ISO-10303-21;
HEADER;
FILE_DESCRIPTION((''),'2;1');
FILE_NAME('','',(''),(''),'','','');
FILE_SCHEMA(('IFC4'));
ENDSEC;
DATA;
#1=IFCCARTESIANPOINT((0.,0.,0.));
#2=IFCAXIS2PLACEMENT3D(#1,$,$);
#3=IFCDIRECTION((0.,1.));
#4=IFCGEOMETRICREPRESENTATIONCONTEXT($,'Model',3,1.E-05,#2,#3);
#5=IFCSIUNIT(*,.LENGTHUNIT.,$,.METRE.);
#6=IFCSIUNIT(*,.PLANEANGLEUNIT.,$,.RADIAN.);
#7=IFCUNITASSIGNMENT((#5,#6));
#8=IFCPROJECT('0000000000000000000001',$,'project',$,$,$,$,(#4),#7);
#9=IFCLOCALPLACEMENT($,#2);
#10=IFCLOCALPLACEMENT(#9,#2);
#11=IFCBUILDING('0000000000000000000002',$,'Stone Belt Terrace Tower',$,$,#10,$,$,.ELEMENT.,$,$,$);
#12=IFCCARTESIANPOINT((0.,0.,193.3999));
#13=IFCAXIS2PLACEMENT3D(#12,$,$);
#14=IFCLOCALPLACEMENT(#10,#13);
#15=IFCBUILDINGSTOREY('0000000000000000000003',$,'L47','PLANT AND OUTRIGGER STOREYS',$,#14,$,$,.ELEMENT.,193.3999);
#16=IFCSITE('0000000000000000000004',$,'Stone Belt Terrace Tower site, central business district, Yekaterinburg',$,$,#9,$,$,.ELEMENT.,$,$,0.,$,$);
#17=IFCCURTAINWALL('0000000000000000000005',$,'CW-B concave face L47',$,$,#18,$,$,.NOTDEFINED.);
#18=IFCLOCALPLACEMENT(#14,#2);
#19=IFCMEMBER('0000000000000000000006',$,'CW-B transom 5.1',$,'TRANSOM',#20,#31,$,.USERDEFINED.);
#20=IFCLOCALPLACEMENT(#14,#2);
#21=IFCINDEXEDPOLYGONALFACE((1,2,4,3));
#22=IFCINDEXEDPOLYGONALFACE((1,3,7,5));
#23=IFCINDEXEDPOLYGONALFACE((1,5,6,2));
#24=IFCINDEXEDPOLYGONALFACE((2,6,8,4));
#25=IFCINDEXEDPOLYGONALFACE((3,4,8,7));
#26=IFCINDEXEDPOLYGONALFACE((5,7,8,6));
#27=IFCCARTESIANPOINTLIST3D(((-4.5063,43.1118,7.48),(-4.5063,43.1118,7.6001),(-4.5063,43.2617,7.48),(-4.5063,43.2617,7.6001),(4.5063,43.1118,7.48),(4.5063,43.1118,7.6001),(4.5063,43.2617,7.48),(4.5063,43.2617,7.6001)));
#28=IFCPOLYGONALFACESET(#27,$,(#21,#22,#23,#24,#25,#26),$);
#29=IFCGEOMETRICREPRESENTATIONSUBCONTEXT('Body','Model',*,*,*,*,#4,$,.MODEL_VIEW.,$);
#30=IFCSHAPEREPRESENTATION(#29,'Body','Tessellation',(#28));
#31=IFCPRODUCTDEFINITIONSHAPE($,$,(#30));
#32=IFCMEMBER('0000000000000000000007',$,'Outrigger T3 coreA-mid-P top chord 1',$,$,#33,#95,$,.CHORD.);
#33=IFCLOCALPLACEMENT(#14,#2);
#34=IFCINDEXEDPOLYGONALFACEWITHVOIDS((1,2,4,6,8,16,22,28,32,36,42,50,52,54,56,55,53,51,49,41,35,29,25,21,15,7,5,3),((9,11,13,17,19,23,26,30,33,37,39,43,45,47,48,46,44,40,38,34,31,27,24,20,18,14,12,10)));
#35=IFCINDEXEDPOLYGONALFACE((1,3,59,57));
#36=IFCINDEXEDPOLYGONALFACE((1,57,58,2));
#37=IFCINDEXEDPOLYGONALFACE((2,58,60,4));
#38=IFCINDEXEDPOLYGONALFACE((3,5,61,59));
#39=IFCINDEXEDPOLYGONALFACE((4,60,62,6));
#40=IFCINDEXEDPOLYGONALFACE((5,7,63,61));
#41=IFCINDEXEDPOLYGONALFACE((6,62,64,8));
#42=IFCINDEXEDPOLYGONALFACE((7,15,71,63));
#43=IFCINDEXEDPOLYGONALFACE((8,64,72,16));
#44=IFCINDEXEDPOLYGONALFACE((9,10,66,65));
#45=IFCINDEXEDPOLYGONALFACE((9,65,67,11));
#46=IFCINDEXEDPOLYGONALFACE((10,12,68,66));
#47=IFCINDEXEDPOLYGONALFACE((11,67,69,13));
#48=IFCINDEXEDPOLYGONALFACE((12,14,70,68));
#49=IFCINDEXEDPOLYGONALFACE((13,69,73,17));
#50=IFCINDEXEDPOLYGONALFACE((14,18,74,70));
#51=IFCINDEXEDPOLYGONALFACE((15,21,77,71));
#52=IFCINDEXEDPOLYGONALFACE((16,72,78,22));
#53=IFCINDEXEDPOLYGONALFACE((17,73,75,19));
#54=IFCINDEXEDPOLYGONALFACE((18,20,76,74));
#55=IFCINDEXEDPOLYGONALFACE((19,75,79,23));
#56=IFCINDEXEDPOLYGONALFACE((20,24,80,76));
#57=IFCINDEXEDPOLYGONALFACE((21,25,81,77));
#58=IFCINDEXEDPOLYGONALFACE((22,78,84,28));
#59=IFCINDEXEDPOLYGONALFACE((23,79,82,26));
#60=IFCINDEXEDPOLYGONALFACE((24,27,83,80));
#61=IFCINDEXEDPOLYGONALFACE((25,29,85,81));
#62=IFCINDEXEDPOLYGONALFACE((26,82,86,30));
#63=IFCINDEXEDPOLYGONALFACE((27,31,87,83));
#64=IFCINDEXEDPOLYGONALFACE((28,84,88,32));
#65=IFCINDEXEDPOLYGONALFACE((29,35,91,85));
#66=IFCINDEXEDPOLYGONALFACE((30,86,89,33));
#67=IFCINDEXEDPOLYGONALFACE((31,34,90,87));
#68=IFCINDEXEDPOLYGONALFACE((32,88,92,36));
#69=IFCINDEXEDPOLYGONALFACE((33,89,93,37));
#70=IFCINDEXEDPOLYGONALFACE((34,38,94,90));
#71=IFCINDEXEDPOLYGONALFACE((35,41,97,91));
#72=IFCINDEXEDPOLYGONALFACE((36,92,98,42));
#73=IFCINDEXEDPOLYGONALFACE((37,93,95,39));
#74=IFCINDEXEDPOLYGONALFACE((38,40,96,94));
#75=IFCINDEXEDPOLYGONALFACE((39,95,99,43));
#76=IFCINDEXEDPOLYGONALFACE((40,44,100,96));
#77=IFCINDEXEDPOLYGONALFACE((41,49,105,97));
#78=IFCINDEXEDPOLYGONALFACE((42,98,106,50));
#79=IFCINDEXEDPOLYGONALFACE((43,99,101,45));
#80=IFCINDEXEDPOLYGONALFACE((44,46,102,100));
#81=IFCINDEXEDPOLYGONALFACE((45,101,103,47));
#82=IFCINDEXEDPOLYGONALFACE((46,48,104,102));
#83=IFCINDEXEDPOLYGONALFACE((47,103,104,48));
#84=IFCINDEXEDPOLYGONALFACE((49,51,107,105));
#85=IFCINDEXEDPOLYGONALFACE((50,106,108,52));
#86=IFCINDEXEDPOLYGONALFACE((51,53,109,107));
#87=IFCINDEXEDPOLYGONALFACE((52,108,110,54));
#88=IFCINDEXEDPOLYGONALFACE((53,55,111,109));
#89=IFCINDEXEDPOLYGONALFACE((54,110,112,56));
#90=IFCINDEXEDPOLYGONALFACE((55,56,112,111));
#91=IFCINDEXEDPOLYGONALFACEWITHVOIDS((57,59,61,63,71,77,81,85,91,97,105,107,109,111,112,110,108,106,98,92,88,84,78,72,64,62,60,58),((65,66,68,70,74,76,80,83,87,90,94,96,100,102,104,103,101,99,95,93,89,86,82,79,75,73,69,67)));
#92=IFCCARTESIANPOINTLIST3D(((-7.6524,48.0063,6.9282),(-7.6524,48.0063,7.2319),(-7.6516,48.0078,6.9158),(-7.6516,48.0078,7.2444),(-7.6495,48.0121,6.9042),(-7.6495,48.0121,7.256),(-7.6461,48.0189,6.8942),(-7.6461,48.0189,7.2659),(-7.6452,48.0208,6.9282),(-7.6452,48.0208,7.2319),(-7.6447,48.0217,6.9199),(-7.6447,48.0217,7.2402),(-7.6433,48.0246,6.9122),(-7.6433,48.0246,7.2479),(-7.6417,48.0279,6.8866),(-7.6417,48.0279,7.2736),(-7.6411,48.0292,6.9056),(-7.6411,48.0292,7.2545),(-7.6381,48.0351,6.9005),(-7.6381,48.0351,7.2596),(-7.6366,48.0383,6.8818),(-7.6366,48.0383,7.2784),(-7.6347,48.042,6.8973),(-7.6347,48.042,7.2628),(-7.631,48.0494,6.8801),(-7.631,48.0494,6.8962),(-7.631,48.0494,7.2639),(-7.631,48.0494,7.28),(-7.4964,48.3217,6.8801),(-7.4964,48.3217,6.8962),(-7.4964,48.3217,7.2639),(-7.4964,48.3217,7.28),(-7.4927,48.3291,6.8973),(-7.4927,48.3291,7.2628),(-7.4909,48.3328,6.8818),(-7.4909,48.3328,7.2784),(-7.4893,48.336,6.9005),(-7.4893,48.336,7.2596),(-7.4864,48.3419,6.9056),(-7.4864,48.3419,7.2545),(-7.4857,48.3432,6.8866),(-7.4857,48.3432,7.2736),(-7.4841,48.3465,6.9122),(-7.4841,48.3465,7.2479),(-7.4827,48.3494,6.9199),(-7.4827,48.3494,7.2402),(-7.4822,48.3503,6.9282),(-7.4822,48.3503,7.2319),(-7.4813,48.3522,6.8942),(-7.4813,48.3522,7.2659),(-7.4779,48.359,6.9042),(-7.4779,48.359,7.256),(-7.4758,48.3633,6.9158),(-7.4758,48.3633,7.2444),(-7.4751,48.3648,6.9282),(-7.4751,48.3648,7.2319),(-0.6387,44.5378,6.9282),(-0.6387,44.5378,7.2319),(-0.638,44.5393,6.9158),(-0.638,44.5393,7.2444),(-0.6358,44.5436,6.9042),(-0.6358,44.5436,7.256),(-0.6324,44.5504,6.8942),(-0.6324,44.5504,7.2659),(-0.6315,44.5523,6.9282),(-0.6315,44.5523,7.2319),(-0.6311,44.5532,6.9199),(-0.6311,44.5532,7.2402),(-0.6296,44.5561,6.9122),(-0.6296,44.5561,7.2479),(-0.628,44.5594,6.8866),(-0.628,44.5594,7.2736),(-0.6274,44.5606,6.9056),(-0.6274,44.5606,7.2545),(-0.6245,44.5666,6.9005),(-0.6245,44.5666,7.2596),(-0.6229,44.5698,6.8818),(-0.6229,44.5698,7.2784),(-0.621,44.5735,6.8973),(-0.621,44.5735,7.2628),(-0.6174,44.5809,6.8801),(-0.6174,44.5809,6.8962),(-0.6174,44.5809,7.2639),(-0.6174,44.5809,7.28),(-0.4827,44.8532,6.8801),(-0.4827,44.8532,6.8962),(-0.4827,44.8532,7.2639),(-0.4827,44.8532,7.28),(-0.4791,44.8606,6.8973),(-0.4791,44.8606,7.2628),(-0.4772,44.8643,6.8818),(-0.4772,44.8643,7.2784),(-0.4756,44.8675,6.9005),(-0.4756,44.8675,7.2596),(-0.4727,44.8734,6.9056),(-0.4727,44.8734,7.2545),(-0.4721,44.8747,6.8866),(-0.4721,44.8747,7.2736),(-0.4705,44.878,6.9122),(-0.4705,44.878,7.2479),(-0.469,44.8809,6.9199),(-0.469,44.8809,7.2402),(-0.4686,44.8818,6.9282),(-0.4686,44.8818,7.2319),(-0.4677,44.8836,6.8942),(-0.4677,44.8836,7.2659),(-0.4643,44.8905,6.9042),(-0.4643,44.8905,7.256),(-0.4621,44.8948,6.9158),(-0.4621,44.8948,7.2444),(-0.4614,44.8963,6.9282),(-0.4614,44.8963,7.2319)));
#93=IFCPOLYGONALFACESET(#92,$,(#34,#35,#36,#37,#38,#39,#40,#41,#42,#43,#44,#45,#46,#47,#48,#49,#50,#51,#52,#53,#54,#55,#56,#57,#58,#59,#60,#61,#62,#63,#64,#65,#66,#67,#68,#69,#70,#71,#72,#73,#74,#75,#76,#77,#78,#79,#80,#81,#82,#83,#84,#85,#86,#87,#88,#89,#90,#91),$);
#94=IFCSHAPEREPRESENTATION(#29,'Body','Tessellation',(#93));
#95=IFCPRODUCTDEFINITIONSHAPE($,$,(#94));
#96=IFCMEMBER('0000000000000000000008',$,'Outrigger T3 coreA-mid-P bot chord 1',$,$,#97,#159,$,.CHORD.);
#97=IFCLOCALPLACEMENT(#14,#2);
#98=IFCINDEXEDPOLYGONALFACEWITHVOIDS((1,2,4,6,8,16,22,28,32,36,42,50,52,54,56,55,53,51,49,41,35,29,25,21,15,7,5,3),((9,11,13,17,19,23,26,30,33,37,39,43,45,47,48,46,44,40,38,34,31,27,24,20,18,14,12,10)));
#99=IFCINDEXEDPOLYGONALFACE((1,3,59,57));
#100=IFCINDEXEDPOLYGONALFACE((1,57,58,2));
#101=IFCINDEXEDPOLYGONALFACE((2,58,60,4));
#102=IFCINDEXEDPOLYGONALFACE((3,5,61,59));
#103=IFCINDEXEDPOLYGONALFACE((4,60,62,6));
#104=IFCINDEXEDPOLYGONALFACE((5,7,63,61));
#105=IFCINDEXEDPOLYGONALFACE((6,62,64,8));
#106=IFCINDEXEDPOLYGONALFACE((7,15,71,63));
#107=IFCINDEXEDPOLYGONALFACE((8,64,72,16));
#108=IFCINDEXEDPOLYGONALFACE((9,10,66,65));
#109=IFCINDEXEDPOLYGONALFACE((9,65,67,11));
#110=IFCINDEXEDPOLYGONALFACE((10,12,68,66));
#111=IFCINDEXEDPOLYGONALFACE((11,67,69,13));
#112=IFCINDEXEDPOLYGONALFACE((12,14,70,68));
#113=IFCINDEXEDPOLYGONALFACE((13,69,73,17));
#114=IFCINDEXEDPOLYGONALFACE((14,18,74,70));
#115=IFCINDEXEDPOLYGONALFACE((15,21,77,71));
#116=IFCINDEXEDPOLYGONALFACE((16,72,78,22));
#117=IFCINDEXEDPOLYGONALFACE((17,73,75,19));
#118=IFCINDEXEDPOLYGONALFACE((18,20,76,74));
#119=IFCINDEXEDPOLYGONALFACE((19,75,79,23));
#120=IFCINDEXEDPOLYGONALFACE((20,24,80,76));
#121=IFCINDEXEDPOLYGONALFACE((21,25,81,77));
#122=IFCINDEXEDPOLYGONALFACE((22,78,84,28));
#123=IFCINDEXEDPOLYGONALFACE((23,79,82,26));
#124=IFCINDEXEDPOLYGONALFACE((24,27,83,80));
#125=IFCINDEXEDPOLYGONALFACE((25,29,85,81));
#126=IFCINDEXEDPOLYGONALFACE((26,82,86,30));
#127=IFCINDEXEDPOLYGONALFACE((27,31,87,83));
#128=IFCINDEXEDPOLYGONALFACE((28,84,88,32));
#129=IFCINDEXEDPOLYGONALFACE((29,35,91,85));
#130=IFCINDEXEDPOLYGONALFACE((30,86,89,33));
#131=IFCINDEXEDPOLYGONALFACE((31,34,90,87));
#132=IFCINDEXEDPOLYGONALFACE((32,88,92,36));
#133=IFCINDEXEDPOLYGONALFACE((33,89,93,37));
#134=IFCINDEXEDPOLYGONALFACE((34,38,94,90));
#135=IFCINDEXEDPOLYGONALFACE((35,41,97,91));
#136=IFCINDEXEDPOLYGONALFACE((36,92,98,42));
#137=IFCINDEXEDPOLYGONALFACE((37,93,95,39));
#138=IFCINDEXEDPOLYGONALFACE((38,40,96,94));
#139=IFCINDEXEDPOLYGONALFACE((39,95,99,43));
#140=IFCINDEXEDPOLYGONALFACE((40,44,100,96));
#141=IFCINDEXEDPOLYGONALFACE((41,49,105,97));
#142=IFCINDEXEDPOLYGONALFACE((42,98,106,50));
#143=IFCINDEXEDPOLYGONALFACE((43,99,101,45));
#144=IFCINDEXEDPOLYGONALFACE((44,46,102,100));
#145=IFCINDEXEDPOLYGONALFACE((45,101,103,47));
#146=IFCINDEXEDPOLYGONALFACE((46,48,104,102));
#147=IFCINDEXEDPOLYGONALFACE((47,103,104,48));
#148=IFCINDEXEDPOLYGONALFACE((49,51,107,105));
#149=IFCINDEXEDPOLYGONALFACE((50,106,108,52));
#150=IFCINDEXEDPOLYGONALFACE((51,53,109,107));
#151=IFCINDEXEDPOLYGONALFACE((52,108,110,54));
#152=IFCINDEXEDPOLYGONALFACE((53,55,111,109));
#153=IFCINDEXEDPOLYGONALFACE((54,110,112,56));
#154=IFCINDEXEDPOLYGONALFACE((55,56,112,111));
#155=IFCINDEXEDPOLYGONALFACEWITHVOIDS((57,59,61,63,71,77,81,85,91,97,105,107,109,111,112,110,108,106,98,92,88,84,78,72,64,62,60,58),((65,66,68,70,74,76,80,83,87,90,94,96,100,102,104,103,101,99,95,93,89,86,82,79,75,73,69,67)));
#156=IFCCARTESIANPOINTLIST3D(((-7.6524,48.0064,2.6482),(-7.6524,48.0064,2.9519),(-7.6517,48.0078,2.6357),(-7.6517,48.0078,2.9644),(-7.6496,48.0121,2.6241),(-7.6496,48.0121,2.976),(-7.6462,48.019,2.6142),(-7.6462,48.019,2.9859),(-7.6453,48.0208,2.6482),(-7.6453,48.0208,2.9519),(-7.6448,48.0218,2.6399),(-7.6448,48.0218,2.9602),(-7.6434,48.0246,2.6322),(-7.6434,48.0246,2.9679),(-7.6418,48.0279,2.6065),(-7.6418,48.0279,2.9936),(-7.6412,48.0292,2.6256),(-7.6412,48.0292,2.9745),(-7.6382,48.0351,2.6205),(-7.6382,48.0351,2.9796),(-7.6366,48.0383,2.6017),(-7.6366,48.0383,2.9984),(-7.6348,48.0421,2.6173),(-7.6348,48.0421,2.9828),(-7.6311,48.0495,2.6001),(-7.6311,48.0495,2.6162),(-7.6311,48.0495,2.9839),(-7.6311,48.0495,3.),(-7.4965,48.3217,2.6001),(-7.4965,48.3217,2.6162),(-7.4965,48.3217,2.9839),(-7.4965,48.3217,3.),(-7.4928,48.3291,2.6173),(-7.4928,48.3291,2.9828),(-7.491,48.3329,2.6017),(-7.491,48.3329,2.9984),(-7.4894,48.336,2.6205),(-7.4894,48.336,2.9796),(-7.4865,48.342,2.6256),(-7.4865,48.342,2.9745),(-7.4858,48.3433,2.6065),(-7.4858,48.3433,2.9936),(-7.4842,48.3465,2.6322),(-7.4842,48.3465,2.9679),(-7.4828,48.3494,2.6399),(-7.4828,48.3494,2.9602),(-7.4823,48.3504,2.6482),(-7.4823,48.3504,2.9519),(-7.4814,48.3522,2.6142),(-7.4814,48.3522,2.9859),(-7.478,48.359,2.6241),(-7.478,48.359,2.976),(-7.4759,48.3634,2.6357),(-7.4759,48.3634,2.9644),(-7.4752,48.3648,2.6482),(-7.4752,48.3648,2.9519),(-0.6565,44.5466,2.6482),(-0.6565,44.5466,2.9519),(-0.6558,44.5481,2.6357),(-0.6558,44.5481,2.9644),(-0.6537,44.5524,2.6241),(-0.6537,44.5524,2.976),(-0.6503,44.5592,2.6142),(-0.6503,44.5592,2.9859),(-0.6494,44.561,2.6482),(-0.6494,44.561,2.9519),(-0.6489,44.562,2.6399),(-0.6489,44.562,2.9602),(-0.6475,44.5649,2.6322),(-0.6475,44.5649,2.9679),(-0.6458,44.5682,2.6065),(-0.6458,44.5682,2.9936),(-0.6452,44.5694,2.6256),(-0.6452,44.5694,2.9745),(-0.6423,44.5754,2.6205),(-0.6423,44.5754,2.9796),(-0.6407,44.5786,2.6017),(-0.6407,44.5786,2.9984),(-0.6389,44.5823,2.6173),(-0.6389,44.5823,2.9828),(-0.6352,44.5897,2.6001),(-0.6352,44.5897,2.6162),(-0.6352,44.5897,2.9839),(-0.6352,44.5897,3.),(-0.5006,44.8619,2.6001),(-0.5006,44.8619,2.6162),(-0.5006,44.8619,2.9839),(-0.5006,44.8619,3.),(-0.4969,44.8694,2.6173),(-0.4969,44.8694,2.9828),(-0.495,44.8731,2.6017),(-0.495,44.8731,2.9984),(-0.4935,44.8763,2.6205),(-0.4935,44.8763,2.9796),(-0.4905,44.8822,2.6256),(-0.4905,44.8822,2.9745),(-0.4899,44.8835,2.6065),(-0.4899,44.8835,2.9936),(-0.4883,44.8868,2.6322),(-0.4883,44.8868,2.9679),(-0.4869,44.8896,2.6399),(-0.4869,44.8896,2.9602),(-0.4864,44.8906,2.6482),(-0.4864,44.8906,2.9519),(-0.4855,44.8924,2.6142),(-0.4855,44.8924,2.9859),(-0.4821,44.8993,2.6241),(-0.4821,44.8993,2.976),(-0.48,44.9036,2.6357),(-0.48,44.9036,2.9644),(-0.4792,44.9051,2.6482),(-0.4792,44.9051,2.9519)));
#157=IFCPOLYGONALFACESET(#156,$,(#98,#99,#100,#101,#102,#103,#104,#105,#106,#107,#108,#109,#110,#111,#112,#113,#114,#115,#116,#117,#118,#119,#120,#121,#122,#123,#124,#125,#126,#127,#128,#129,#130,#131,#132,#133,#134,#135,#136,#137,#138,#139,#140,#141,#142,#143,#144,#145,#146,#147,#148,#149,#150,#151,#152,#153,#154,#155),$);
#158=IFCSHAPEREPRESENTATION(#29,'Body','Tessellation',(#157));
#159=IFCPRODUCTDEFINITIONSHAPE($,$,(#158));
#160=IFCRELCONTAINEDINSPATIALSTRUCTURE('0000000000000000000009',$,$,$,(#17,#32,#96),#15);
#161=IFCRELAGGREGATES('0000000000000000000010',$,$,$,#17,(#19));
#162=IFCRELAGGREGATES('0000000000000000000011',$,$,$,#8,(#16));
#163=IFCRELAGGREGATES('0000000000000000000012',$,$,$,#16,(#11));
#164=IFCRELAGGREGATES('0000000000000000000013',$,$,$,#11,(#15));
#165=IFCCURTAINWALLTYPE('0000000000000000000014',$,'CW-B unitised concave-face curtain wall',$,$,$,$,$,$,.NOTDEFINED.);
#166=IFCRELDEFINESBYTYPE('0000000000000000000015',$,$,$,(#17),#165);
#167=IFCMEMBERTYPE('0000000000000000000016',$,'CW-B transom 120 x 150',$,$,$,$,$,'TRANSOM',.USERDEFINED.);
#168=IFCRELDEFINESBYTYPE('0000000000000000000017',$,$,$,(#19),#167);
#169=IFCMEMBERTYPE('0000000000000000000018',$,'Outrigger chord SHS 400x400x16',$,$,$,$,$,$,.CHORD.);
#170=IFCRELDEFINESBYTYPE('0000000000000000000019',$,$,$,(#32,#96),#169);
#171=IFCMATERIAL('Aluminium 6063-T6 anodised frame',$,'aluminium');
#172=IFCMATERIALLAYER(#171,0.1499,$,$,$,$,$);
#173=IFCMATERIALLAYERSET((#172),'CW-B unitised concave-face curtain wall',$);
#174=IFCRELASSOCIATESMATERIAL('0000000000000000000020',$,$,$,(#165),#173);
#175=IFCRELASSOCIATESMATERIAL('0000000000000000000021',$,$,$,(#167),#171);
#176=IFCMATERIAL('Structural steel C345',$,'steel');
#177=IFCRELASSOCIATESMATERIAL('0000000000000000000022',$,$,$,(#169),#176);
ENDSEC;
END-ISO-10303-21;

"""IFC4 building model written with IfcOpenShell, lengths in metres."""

from ifc_helpers import new_model, si_unit, direction, frame, origin, origin_2d, place, context, subcontext, project, spatial, rectangle, hollow_rectangle, extrude, material, layer, layer_set, material_profile, profile_set, type_object, element, aggregate, save


model = new_model("IFC4")

# Units and contexts
model_context = context("Model", 3, precision=1e-05, world=origin(), true_north=direction((0.0, 1.0)))
body_context = subcontext(model_context, "Body", "Model", "MODEL_VIEW")
ifc_project = project(units=[si_unit("LENGTHUNIT", "METRE"), si_unit("PLANEANGLEUNIT", "RADIAN")], contexts=[model_context])

# Site, building, storey
site_placement = place(None, origin())
site = spatial("IfcSite", under=ifc_project, at=site_placement, Name="Stone Belt Terrace Tower site, central business district, Yekaterinburg", CompositionType="ELEMENT", RefElevation=0.0)
building_placement = place(site_placement, origin())
building = spatial("IfcBuilding", under=site, at=building_placement, Name="Stone Belt Terrace Tower", CompositionType="ELEMENT")
storey_placement = place(building_placement, frame((0.0, 0.0, 193.3999)))
storey = spatial("IfcBuildingStorey", under=building, at=storey_placement, Name="L47", Description="PLANT AND OUTRIGGER STOREYS", CompositionType="ELEMENT", Elevation=193.3999)

# Shared definitions
ifc_material_1 = material(Name="Structural steel C345", Category="steel")

# Curtain wall, member
ifc_material_2 = material(Name="Aluminium 6063-T6 anodised frame", Category="aluminium")
ifc_layer_1 = layer(ifc_material_2, 0.1499)
ifc_layer_set_1 = layer_set([ifc_layer_1], Name="CW-B unitised concave-face curtain wall")
curtain_wall_type = type_object("IfcCurtainWallType", Name="CW-B unitised concave-face curtain wall", PredefinedType="NOTDEFINED", material=ifc_layer_set_1)
curtain_wall_placement = place(storey_placement, origin())
curtain_wall = element("IfcCurtainWall", 1, at=curtain_wall_placement, inside=storey, type_object=curtain_wall_type, Name="CW-B concave face L47", PredefinedType="NOTDEFINED")
ifc_material_profile_1 = material_profile(ifc_material_2, rectangle(XDim=0.1499, YDim=0.1201, at=origin_2d()), Name="Aluminium 6063-T6 150x120")
ifc_profile_set_1 = profile_set([ifc_material_profile_1], Name="Aluminium 6063-T6 anodised frame")
member_type_1 = type_object("IfcMemberType", Name="CW-B transom 120 x 150", ElementType="TRANSOM", PredefinedType="USERDEFINED", material=ifc_profile_set_1)
member_1_placement = place(storey_placement, frame((-4.5063, 43.1868, 7.54), z_axis=(1.0, 0.0, 0.0), x_axis=(0.0, 1.0, 0.0)))
member_1 = element("IfcMember", 2, at=member_1_placement, type_object=member_type_1, Name="CW-B transom 5.1", ObjectType="TRANSOM", PredefinedType="USERDEFINED", context=body_context, shape_type="SweptSolid", body=[
    extrude(rectangle(XDim=0.1499, YDim=0.1201, at=origin_2d()), origin(), (0.0, 0.0, 1.0), 9.0127),
])

# Members
ifc_material_profile_2 = material_profile(ifc_material_1, hollow_rectangle(XDim=0.3999, YDim=0.3999, WallThickness=0.0161, InnerFilletRadius=0.032, OuterFilletRadius=0.0481, at=origin_2d()), Name="SHS 400x400x16")
ifc_profile_set_2 = profile_set([ifc_material_profile_2], Name="Structural steel C345")
member_type_2 = type_object("IfcMemberType", Name="Outrigger chord SHS 400x400x16", PredefinedType="CHORD", material=ifc_profile_set_2)
member_2_placement = place(storey_placement, frame((-0.55, 44.717, 7.0801), z_axis=(-0.896378, 0.44329, 0.0), x_axis=(-0.44329, -0.896378, 0.0)))
element("IfcMember", 3, at=member_2_placement, inside=storey, type_object=member_type_2, Name="Outrigger T3 coreA-mid-P top chord 1", PredefinedType="CHORD", context=body_context, shape_type="SweptSolid", body=[
    extrude(hollow_rectangle(XDim=0.3999, YDim=0.3999, WallThickness=0.0161, InnerFilletRadius=0.032, OuterFilletRadius=0.0481, at=origin_2d()), origin(), (0.0, 0.0, 1.0), 7.8245),
])
member_3_placement = place(storey_placement, frame((-0.5679, 44.7258, 2.8), z_axis=(-0.896377, 0.443293, 0.0), x_axis=(-0.443293, -0.896377, 0.0)))
element("IfcMember", 4, at=member_3_placement, inside=storey, type_object=member_type_2, Name="Outrigger T3 coreA-mid-P bot chord 1", PredefinedType="CHORD", context=body_context, shape_type="SweptSolid", body=[
    extrude(hollow_rectangle(XDim=0.3999, YDim=0.3999, WallThickness=0.0161, InnerFilletRadius=0.032, OuterFilletRadius=0.0481, at=origin_2d()), origin(), (0.0, 0.0, 1.0), 7.8047),
])

aggregate(curtain_wall, [member_1])

save(model, "model.ifc")
